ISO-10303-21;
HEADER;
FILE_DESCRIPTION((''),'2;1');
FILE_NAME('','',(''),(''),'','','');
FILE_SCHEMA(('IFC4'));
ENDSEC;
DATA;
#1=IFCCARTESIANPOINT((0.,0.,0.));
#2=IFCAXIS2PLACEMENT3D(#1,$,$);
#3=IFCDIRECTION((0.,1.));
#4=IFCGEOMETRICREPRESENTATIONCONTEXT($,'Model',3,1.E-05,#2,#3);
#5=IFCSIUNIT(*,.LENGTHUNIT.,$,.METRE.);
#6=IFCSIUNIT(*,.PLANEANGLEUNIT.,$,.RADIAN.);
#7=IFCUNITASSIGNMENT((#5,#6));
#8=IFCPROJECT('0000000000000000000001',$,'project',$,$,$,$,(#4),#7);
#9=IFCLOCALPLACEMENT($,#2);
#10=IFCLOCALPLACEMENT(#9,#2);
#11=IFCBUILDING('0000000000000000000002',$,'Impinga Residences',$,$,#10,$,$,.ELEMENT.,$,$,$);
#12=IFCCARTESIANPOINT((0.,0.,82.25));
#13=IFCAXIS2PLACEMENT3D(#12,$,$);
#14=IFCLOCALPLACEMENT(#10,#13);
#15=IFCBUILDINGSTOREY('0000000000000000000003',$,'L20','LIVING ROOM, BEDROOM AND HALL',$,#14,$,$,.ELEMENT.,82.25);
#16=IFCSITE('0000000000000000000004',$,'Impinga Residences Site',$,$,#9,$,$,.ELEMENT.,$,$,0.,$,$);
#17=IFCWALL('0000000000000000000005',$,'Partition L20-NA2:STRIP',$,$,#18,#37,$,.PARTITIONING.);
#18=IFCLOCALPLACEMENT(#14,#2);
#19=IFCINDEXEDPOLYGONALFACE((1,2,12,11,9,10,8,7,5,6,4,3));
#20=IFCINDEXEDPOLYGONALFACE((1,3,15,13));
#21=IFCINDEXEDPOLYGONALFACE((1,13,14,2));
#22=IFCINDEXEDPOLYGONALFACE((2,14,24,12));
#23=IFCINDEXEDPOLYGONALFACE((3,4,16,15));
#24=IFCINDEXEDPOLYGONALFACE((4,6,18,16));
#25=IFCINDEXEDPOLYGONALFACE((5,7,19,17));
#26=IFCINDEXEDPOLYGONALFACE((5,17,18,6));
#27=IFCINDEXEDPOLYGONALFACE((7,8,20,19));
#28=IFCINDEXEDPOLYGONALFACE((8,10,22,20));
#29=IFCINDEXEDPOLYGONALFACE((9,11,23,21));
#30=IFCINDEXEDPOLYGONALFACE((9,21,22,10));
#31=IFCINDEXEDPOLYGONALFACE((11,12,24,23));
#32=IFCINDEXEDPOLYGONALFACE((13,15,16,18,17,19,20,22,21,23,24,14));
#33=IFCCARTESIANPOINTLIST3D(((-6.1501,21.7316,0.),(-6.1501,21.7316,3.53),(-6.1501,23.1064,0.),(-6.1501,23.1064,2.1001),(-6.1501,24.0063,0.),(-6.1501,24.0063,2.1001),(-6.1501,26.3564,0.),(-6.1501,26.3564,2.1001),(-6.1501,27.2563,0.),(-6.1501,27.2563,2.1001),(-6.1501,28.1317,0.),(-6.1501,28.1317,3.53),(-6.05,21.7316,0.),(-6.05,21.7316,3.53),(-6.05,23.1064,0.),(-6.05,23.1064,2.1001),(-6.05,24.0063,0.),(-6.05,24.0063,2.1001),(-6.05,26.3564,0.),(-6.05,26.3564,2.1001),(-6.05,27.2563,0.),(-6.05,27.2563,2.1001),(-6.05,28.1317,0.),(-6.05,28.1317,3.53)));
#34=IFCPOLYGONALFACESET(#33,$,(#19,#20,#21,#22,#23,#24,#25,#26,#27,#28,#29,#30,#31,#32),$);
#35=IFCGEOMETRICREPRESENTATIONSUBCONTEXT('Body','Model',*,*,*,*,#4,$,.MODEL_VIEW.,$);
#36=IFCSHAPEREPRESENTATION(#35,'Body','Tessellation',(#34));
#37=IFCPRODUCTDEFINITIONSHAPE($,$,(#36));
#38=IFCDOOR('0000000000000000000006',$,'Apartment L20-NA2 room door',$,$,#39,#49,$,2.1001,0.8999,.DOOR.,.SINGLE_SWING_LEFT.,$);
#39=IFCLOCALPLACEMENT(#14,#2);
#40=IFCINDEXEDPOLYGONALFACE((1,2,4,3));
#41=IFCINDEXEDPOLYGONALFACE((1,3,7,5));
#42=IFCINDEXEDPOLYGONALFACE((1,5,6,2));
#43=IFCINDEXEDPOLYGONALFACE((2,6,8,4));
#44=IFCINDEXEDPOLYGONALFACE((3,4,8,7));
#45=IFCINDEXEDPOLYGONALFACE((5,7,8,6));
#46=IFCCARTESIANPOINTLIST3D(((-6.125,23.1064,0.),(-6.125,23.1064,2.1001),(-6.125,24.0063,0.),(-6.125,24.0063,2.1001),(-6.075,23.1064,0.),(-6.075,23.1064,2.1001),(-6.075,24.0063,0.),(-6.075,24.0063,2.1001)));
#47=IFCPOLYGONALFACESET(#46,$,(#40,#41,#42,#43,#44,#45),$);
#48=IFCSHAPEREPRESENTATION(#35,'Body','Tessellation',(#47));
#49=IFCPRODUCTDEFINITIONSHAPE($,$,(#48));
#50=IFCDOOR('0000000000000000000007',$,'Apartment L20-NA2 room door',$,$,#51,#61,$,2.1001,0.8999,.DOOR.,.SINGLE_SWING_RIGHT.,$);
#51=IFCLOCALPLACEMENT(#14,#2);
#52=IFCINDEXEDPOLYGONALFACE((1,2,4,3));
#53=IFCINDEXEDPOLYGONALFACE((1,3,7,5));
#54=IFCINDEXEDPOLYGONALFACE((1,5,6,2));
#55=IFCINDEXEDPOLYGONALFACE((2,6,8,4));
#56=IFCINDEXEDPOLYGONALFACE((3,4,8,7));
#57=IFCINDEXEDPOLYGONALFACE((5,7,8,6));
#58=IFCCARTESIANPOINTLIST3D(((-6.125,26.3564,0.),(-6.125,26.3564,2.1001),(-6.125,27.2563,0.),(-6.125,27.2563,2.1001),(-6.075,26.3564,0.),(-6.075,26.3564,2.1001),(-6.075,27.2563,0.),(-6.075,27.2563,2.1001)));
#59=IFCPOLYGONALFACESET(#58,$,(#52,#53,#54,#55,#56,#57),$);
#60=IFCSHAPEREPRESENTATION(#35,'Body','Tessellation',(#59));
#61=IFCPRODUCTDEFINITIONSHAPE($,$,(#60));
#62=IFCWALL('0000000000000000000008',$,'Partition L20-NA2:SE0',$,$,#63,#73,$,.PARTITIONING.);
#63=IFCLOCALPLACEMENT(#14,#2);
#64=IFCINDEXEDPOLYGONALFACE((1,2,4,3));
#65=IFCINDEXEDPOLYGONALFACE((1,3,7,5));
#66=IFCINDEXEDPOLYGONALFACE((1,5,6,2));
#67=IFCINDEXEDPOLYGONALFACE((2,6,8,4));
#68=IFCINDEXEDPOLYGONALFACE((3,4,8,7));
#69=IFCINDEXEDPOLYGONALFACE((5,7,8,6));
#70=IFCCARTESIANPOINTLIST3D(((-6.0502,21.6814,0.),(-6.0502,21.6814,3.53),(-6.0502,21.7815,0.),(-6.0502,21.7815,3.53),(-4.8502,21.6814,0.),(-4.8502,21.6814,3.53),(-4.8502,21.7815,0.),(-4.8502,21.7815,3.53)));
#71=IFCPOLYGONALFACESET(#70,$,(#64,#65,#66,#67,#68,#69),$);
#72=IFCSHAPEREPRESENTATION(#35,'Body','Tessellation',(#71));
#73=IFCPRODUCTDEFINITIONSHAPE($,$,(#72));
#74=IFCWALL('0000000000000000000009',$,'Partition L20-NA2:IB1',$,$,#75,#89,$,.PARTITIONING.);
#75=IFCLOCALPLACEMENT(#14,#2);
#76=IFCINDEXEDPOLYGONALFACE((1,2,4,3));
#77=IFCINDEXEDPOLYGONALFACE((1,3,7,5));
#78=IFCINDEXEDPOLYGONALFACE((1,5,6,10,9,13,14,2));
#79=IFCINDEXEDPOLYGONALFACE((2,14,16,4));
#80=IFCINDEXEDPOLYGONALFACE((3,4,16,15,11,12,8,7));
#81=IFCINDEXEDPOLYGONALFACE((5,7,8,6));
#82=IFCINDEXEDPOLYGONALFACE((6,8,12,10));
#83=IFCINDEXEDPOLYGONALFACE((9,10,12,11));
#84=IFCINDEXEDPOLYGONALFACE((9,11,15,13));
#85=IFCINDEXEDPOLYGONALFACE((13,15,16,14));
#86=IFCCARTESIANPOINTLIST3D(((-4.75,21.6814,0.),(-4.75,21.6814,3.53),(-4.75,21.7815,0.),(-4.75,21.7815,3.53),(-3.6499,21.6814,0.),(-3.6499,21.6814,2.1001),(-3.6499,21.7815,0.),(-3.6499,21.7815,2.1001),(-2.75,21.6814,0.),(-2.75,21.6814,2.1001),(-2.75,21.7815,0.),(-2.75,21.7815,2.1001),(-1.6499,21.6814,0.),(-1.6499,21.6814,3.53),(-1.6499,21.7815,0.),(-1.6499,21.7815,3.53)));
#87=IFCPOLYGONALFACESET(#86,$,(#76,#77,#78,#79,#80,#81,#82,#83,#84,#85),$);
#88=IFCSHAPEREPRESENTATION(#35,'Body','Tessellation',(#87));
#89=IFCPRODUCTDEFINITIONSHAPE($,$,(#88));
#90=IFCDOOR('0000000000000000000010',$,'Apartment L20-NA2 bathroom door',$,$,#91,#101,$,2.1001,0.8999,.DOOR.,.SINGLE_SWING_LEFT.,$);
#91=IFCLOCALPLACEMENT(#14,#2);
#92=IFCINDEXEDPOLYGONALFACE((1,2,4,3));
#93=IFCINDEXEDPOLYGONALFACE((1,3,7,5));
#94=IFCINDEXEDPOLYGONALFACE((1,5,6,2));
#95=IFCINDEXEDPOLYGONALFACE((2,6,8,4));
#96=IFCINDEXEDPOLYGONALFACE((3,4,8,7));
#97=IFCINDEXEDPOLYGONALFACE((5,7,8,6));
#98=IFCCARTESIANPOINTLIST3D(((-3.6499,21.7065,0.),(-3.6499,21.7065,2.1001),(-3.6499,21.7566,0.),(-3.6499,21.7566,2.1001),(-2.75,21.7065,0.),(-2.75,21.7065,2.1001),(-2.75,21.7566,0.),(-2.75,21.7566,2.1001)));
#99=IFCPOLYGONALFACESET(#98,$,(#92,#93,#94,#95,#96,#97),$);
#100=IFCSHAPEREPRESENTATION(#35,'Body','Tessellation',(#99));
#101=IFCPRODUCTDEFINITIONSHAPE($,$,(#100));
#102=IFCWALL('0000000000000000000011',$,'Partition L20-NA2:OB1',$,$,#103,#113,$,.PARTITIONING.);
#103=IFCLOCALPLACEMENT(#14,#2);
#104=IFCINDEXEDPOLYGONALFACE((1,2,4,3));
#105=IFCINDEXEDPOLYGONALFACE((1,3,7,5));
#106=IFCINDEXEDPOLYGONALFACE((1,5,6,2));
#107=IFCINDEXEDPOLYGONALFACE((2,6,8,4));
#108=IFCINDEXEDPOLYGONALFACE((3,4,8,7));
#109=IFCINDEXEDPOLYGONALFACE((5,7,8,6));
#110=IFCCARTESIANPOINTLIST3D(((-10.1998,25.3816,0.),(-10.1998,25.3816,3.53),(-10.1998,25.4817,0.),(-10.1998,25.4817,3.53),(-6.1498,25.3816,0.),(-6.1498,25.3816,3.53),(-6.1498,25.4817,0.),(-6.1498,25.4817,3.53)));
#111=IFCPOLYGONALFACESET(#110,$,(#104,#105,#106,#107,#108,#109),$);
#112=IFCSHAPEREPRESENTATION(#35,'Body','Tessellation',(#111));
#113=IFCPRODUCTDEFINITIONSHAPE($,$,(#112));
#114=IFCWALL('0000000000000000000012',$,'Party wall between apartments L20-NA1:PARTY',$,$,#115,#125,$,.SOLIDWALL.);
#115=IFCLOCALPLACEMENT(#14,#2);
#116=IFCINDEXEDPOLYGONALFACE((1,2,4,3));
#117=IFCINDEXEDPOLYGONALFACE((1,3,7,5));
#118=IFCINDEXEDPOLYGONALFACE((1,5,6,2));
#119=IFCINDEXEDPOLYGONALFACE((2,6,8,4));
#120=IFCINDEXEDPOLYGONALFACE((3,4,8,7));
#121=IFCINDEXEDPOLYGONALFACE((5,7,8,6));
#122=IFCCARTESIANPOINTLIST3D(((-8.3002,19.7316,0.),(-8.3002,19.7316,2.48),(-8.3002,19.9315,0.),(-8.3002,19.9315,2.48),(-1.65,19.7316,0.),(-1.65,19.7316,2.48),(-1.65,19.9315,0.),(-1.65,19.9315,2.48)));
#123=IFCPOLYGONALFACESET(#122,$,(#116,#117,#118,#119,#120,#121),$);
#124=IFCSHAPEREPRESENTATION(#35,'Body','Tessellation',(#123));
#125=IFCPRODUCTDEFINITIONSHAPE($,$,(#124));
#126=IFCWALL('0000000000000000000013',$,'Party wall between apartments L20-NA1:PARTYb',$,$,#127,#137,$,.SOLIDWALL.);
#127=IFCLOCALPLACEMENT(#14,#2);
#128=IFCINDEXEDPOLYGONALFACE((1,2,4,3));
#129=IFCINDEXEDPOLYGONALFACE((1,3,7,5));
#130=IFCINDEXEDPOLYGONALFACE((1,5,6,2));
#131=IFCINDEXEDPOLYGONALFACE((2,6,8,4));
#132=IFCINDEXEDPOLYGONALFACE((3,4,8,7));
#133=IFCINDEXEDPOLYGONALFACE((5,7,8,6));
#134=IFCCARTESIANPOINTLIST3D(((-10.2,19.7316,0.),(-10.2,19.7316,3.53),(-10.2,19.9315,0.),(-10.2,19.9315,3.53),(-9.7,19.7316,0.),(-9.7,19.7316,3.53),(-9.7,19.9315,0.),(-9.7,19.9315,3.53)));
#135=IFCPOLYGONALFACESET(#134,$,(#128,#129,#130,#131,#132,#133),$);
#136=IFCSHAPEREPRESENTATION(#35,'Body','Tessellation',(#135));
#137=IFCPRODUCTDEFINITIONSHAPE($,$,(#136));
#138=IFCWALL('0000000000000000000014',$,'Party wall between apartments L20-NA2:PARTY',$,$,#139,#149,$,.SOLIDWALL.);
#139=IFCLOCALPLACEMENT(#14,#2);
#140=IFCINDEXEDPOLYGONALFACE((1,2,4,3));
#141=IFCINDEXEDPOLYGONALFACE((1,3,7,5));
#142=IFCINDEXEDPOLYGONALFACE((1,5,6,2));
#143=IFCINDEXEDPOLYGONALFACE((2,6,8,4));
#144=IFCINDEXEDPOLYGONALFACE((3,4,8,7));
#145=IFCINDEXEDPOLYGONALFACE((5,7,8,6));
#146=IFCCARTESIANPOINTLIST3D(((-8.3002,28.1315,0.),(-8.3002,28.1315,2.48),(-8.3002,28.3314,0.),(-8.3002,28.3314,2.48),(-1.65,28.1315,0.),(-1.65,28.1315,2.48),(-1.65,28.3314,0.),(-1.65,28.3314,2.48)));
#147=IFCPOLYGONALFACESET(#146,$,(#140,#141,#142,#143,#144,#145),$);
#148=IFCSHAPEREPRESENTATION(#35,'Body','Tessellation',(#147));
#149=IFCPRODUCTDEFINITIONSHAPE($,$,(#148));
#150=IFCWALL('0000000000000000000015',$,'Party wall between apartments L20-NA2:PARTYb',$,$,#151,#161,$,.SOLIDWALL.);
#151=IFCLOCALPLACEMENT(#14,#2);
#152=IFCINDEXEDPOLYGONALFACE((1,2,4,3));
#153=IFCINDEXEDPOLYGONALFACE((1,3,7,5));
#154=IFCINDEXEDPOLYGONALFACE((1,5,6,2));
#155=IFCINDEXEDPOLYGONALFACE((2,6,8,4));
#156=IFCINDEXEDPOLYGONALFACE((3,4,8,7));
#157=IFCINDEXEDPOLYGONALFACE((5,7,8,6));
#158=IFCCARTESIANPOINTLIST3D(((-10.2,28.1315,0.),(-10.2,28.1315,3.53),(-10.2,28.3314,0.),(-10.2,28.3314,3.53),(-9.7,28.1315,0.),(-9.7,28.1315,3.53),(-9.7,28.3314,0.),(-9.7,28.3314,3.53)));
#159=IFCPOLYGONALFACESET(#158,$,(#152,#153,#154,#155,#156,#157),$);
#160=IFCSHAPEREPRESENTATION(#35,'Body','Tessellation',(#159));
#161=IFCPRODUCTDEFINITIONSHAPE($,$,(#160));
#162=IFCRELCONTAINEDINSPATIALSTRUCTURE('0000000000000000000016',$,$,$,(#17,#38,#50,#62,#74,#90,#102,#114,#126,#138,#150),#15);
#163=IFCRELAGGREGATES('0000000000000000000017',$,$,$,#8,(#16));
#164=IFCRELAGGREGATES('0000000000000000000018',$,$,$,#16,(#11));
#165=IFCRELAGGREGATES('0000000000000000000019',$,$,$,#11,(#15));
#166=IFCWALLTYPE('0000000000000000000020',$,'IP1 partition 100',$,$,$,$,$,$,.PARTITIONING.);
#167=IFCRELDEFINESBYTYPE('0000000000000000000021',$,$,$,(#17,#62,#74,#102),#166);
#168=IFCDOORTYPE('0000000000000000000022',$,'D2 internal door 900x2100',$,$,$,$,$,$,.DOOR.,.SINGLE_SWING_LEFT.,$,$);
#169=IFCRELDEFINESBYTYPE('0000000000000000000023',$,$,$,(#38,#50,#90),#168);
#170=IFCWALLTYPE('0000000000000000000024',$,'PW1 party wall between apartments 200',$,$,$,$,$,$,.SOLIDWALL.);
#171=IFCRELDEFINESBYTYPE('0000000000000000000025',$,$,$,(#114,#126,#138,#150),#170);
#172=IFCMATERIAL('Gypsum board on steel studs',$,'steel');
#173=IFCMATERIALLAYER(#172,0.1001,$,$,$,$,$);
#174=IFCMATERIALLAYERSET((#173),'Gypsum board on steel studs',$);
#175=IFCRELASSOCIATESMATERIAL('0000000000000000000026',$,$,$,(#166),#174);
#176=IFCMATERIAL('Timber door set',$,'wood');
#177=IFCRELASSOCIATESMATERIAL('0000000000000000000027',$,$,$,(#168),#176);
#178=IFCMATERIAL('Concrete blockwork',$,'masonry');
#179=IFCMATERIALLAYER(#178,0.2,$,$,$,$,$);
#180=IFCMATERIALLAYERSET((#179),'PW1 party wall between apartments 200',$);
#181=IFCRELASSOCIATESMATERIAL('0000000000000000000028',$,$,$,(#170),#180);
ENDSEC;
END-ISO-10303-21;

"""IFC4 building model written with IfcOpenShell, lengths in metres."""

from ifc_helpers import new_model, si_unit, direction, frame, frame_2d, origin, place, context, subcontext, project, spatial, rectangle, extrude, material, layer, layer_set, type_object, element, fill, save


model = new_model("IFC4")

# Units and contexts
model_context = context("Model", 3, precision=1e-05, world=origin(), true_north=direction((0.0, 1.0)))
body_context = subcontext(model_context, "Body", "Model", "MODEL_VIEW")
ifc_project = project(units=[si_unit("LENGTHUNIT", "METRE"), si_unit("PLANEANGLEUNIT", "RADIAN")], contexts=[model_context])

# Site, building, storey
site_placement = place(None, origin())
site = spatial("IfcSite", under=ifc_project, at=site_placement, Name="Impinga Residences Site", CompositionType="ELEMENT", RefElevation=0.0)
building_placement = place(site_placement, origin())
building = spatial("IfcBuilding", under=site, at=building_placement, Name="Impinga Residences", CompositionType="ELEMENT")
storey_placement = place(building_placement, frame((0.0, 0.0, 82.25)))
storey = spatial("IfcBuildingStorey", under=building, at=storey_placement, Name="L20", Description="LIVING ROOM, BEDROOM AND HALL", CompositionType="ELEMENT", Elevation=82.25)

# Shared definitions
ifc_material_1 = material(Name="Gypsum board on steel studs", Category="steel")
ifc_layer_1 = layer(ifc_material_1, 0.1001)
ifc_layer_set_1 = layer_set([ifc_layer_1], Name="Gypsum board on steel studs")
wall_type_1 = type_object("IfcWallType", Name="IP1 partition 100", PredefinedType="PARTITIONING", material=ifc_layer_set_1)

# Shared definitions
ifc_material_2 = material(Name="Timber door set", Category="wood")
door_type = type_object("IfcDoorType", Name="D2 internal door 900x2100", OperationType="SINGLE_SWING_LEFT", PredefinedType="DOOR", material=ifc_material_2)

# Wall, openings, doors
wall_1_placement = place(storey_placement, frame((-6.1001, 21.7314, 0.0), z_axis=(0.0, 0.0, 1.0), x_axis=(0.0, 1.0, 0.0)))
wall_1 = element("IfcWall", 1, at=wall_1_placement, inside=storey, type_object=wall_type_1, Name="Partition L20-NA2:STRIP", PredefinedType="PARTITIONING", context=body_context, shape_type="SweptSolid", body=[
    extrude(rectangle(XDim=6.4001, YDim=0.1001, at=frame_2d((3.2002, 0.0))), origin(), (0.0, 0.0, 1.0), 3.53),
])
opening_1_placement = place(wall_1_placement, frame((1.375, 0.0, 0.0)))
opening_1 = element("IfcOpeningElement", 2, at=opening_1_placement, cuts=wall_1, PredefinedType="OPENING", context=body_context, shape_type="SweptSolid", body=[
    extrude(rectangle(XDim=0.8999, YDim=2.1001, at=frame_2d((0.45, 1.05))), frame((0.0, 0.0601, 0.0), z_axis=(0.0, -1.0, 0.0), x_axis=(1.0, 0.0, 0.0)), (0.0, 0.0, 1.0), 0.1201),
])
opening_2_placement = place(wall_1_placement, frame((4.625, 0.0, 0.0)))
opening_2 = element("IfcOpeningElement", 3, at=opening_2_placement, cuts=wall_1, PredefinedType="OPENING", context=body_context, shape_type="SweptSolid", body=[
    extrude(rectangle(XDim=0.8999, YDim=2.1001, at=frame_2d((0.45, 1.05))), frame((0.0, 0.0601, 0.0), z_axis=(0.0, -1.0, 0.0), x_axis=(1.0, 0.0, 0.0)), (0.0, 0.0, 1.0), 0.1201),
])
door_1_placement = place(opening_1_placement, origin())
door_1 = element("IfcDoor", 4, at=door_1_placement, inside=storey, type_object=door_type, Name="Apartment L20-NA2 room door", OperationType="SINGLE_SWING_LEFT", OverallHeight=2.1001, OverallWidth=0.8999, PredefinedType="DOOR", context=body_context, shape_type="SweptSolid", body=[
    extrude(rectangle(XDim=0.8999, YDim=2.1001, at=frame_2d((0.45, 1.05))), frame((0.0, 0.0249, 0.0), z_axis=(0.0, -1.0, 0.0), x_axis=(1.0, 0.0, 0.0)), (0.0, 0.0, 1.0), 0.05),
])
fill(opening_1, door_1)
door_2_placement = place(opening_2_placement, origin())
door_2 = element("IfcDoor", 5, at=door_2_placement, inside=storey, type_object=door_type, Name="Apartment L20-NA2 room door", OperationType="SINGLE_SWING_RIGHT", OverallHeight=2.1001, OverallWidth=0.8999, PredefinedType="DOOR", context=body_context, shape_type="SweptSolid", body=[
    extrude(rectangle(XDim=0.8999, YDim=2.1001, at=frame_2d((0.45, 1.05))), frame((0.0, 0.0249, 0.0), z_axis=(0.0, -1.0, 0.0), x_axis=(1.0, 0.0, 0.0)), (0.0, 0.0, 1.0), 0.05),
])
fill(opening_2, door_2)

# Wall
wall_2_placement = place(storey_placement, frame((-4.8501, 21.7314, 0.0), z_axis=(0.0, 0.0, 1.0), x_axis=(-1.0, 0.0, 0.0)))
element("IfcWall", 6, at=wall_2_placement, inside=storey, type_object=wall_type_1, Name="Partition L20-NA2:SE0", PredefinedType="PARTITIONING", context=body_context, shape_type="SweptSolid", body=[
    extrude(rectangle(XDim=1.2, YDim=0.1001, at=frame_2d((0.6001, 0.0))), origin(), (0.0, 0.0, 1.0), 3.53),
])

# Wall, opening, door
wall_3_placement = place(storey_placement, frame((-1.6499, 21.7314, 0.0), z_axis=(0.0, 0.0, 1.0), x_axis=(-1.0, 0.0, 0.0)))
wall_3 = element("IfcWall", 7, at=wall_3_placement, inside=storey, type_object=wall_type_1, Name="Partition L20-NA2:IB1", PredefinedType="PARTITIONING", context=body_context, shape_type="SweptSolid", body=[
    extrude(rectangle(XDim=3.1001, YDim=0.1001, at=frame_2d((1.55, 0.0))), origin(), (0.0, 0.0, 1.0), 3.53),
])
opening_3_placement = place(wall_3_placement, frame((1.1001, 0.0, 0.0)))
opening_3 = element("IfcOpeningElement", 8, at=opening_3_placement, cuts=wall_3, PredefinedType="OPENING", context=body_context, shape_type="SweptSolid", body=[
    extrude(rectangle(XDim=0.8999, YDim=2.1001, at=frame_2d((0.45, 1.05))), frame((0.0, 0.0601, 0.0), z_axis=(0.0, -1.0, 0.0), x_axis=(1.0, 0.0, 0.0)), (0.0, 0.0, 1.0), 0.1201),
])
door_3_placement = place(opening_3_placement, origin())
door_3 = element("IfcDoor", 9, at=door_3_placement, inside=storey, type_object=door_type, Name="Apartment L20-NA2 bathroom door", OperationType="SINGLE_SWING_LEFT", OverallHeight=2.1001, OverallWidth=0.8999, PredefinedType="DOOR", context=body_context, shape_type="SweptSolid", body=[
    extrude(rectangle(XDim=0.8999, YDim=2.1001, at=frame_2d((0.45, 1.05))), frame((0.0, 0.0249, 0.0), z_axis=(0.0, -1.0, 0.0), x_axis=(1.0, 0.0, 0.0)), (0.0, 0.0, 1.0), 0.05),
])
fill(opening_3, door_3)

# Walls
wall_4_placement = place(storey_placement, frame((-6.1499, 25.4316, 0.0), z_axis=(0.0, 0.0, 1.0), x_axis=(-1.0, 0.0, 0.0)))
element("IfcWall", 10, at=wall_4_placement, inside=storey, type_object=wall_type_1, Name="Partition L20-NA2:OB1", PredefinedType="PARTITIONING", context=body_context, shape_type="SweptSolid", body=[
    extrude(rectangle(XDim=4.05, YDim=0.1001, at=frame_2d((2.0249, 0.0))), origin(), (0.0, 0.0, 1.0), 3.53),
])
ifc_material_3 = material(Name="Concrete blockwork", Category="masonry")
ifc_layer_2 = layer(ifc_material_3, 0.2)
ifc_layer_set_2 = layer_set([ifc_layer_2], Name="PW1 party wall between apartments 200")
wall_type_2 = type_object("IfcWallType", Name="PW1 party wall between apartments 200", PredefinedType="SOLIDWALL", material=ifc_layer_set_2)
wall_5_placement = place(storey_placement, frame((-1.6499, 19.8315, 0.0), z_axis=(0.0, 0.0, 1.0), x_axis=(-1.0, 0.0, 0.0)))
element("IfcWall", 11, at=wall_5_placement, inside=storey, type_object=wall_type_2, Name="Party wall between apartments L20-NA1:PARTY", PredefinedType="SOLIDWALL", context=body_context, shape_type="SweptSolid", body=[
    extrude(rectangle(XDim=6.6501, YDim=0.2, at=frame_2d((3.3252, 0.0))), origin(), (0.0, 0.0, 1.0), 2.48),
])
wall_6_placement = place(storey_placement, frame((-9.7, 19.8315, 0.0), z_axis=(0.0, 0.0, 1.0), x_axis=(-1.0, 0.0, 0.0)))
element("IfcWall", 12, at=wall_6_placement, inside=storey, type_object=wall_type_2, Name="Party wall between apartments L20-NA1:PARTYb", PredefinedType="SOLIDWALL", context=body_context, shape_type="SweptSolid", body=[
    extrude(rectangle(XDim=0.5, YDim=0.2, at=frame_2d((0.25, 0.0))), origin(), (0.0, 0.0, 1.0), 3.53),
])
wall_7_placement = place(storey_placement, frame((-1.6499, 28.2314, 0.0), z_axis=(0.0, 0.0, 1.0), x_axis=(-1.0, 0.0, 0.0)))
element("IfcWall", 13, at=wall_7_placement, inside=storey, type_object=wall_type_2, Name="Party wall between apartments L20-NA2:PARTY", PredefinedType="SOLIDWALL", context=body_context, shape_type="SweptSolid", body=[
    extrude(rectangle(XDim=6.6501, YDim=0.2, at=frame_2d((3.3252, 0.0))), origin(), (0.0, 0.0, 1.0), 2.48),
])
wall_8_placement = place(storey_placement, frame((-9.7, 28.2314, 0.0), z_axis=(0.0, 0.0, 1.0), x_axis=(-1.0, 0.0, 0.0)))
element("IfcWall", 14, at=wall_8_placement, inside=storey, type_object=wall_type_2, Name="Party wall between apartments L20-NA2:PARTYb", PredefinedType="SOLIDWALL", context=body_context, shape_type="SweptSolid", body=[
    extrude(rectangle(XDim=0.5, YDim=0.2, at=frame_2d((0.25, 0.0))), origin(), (0.0, 0.0, 1.0), 3.53),
])

save(model, "model.ifc")
